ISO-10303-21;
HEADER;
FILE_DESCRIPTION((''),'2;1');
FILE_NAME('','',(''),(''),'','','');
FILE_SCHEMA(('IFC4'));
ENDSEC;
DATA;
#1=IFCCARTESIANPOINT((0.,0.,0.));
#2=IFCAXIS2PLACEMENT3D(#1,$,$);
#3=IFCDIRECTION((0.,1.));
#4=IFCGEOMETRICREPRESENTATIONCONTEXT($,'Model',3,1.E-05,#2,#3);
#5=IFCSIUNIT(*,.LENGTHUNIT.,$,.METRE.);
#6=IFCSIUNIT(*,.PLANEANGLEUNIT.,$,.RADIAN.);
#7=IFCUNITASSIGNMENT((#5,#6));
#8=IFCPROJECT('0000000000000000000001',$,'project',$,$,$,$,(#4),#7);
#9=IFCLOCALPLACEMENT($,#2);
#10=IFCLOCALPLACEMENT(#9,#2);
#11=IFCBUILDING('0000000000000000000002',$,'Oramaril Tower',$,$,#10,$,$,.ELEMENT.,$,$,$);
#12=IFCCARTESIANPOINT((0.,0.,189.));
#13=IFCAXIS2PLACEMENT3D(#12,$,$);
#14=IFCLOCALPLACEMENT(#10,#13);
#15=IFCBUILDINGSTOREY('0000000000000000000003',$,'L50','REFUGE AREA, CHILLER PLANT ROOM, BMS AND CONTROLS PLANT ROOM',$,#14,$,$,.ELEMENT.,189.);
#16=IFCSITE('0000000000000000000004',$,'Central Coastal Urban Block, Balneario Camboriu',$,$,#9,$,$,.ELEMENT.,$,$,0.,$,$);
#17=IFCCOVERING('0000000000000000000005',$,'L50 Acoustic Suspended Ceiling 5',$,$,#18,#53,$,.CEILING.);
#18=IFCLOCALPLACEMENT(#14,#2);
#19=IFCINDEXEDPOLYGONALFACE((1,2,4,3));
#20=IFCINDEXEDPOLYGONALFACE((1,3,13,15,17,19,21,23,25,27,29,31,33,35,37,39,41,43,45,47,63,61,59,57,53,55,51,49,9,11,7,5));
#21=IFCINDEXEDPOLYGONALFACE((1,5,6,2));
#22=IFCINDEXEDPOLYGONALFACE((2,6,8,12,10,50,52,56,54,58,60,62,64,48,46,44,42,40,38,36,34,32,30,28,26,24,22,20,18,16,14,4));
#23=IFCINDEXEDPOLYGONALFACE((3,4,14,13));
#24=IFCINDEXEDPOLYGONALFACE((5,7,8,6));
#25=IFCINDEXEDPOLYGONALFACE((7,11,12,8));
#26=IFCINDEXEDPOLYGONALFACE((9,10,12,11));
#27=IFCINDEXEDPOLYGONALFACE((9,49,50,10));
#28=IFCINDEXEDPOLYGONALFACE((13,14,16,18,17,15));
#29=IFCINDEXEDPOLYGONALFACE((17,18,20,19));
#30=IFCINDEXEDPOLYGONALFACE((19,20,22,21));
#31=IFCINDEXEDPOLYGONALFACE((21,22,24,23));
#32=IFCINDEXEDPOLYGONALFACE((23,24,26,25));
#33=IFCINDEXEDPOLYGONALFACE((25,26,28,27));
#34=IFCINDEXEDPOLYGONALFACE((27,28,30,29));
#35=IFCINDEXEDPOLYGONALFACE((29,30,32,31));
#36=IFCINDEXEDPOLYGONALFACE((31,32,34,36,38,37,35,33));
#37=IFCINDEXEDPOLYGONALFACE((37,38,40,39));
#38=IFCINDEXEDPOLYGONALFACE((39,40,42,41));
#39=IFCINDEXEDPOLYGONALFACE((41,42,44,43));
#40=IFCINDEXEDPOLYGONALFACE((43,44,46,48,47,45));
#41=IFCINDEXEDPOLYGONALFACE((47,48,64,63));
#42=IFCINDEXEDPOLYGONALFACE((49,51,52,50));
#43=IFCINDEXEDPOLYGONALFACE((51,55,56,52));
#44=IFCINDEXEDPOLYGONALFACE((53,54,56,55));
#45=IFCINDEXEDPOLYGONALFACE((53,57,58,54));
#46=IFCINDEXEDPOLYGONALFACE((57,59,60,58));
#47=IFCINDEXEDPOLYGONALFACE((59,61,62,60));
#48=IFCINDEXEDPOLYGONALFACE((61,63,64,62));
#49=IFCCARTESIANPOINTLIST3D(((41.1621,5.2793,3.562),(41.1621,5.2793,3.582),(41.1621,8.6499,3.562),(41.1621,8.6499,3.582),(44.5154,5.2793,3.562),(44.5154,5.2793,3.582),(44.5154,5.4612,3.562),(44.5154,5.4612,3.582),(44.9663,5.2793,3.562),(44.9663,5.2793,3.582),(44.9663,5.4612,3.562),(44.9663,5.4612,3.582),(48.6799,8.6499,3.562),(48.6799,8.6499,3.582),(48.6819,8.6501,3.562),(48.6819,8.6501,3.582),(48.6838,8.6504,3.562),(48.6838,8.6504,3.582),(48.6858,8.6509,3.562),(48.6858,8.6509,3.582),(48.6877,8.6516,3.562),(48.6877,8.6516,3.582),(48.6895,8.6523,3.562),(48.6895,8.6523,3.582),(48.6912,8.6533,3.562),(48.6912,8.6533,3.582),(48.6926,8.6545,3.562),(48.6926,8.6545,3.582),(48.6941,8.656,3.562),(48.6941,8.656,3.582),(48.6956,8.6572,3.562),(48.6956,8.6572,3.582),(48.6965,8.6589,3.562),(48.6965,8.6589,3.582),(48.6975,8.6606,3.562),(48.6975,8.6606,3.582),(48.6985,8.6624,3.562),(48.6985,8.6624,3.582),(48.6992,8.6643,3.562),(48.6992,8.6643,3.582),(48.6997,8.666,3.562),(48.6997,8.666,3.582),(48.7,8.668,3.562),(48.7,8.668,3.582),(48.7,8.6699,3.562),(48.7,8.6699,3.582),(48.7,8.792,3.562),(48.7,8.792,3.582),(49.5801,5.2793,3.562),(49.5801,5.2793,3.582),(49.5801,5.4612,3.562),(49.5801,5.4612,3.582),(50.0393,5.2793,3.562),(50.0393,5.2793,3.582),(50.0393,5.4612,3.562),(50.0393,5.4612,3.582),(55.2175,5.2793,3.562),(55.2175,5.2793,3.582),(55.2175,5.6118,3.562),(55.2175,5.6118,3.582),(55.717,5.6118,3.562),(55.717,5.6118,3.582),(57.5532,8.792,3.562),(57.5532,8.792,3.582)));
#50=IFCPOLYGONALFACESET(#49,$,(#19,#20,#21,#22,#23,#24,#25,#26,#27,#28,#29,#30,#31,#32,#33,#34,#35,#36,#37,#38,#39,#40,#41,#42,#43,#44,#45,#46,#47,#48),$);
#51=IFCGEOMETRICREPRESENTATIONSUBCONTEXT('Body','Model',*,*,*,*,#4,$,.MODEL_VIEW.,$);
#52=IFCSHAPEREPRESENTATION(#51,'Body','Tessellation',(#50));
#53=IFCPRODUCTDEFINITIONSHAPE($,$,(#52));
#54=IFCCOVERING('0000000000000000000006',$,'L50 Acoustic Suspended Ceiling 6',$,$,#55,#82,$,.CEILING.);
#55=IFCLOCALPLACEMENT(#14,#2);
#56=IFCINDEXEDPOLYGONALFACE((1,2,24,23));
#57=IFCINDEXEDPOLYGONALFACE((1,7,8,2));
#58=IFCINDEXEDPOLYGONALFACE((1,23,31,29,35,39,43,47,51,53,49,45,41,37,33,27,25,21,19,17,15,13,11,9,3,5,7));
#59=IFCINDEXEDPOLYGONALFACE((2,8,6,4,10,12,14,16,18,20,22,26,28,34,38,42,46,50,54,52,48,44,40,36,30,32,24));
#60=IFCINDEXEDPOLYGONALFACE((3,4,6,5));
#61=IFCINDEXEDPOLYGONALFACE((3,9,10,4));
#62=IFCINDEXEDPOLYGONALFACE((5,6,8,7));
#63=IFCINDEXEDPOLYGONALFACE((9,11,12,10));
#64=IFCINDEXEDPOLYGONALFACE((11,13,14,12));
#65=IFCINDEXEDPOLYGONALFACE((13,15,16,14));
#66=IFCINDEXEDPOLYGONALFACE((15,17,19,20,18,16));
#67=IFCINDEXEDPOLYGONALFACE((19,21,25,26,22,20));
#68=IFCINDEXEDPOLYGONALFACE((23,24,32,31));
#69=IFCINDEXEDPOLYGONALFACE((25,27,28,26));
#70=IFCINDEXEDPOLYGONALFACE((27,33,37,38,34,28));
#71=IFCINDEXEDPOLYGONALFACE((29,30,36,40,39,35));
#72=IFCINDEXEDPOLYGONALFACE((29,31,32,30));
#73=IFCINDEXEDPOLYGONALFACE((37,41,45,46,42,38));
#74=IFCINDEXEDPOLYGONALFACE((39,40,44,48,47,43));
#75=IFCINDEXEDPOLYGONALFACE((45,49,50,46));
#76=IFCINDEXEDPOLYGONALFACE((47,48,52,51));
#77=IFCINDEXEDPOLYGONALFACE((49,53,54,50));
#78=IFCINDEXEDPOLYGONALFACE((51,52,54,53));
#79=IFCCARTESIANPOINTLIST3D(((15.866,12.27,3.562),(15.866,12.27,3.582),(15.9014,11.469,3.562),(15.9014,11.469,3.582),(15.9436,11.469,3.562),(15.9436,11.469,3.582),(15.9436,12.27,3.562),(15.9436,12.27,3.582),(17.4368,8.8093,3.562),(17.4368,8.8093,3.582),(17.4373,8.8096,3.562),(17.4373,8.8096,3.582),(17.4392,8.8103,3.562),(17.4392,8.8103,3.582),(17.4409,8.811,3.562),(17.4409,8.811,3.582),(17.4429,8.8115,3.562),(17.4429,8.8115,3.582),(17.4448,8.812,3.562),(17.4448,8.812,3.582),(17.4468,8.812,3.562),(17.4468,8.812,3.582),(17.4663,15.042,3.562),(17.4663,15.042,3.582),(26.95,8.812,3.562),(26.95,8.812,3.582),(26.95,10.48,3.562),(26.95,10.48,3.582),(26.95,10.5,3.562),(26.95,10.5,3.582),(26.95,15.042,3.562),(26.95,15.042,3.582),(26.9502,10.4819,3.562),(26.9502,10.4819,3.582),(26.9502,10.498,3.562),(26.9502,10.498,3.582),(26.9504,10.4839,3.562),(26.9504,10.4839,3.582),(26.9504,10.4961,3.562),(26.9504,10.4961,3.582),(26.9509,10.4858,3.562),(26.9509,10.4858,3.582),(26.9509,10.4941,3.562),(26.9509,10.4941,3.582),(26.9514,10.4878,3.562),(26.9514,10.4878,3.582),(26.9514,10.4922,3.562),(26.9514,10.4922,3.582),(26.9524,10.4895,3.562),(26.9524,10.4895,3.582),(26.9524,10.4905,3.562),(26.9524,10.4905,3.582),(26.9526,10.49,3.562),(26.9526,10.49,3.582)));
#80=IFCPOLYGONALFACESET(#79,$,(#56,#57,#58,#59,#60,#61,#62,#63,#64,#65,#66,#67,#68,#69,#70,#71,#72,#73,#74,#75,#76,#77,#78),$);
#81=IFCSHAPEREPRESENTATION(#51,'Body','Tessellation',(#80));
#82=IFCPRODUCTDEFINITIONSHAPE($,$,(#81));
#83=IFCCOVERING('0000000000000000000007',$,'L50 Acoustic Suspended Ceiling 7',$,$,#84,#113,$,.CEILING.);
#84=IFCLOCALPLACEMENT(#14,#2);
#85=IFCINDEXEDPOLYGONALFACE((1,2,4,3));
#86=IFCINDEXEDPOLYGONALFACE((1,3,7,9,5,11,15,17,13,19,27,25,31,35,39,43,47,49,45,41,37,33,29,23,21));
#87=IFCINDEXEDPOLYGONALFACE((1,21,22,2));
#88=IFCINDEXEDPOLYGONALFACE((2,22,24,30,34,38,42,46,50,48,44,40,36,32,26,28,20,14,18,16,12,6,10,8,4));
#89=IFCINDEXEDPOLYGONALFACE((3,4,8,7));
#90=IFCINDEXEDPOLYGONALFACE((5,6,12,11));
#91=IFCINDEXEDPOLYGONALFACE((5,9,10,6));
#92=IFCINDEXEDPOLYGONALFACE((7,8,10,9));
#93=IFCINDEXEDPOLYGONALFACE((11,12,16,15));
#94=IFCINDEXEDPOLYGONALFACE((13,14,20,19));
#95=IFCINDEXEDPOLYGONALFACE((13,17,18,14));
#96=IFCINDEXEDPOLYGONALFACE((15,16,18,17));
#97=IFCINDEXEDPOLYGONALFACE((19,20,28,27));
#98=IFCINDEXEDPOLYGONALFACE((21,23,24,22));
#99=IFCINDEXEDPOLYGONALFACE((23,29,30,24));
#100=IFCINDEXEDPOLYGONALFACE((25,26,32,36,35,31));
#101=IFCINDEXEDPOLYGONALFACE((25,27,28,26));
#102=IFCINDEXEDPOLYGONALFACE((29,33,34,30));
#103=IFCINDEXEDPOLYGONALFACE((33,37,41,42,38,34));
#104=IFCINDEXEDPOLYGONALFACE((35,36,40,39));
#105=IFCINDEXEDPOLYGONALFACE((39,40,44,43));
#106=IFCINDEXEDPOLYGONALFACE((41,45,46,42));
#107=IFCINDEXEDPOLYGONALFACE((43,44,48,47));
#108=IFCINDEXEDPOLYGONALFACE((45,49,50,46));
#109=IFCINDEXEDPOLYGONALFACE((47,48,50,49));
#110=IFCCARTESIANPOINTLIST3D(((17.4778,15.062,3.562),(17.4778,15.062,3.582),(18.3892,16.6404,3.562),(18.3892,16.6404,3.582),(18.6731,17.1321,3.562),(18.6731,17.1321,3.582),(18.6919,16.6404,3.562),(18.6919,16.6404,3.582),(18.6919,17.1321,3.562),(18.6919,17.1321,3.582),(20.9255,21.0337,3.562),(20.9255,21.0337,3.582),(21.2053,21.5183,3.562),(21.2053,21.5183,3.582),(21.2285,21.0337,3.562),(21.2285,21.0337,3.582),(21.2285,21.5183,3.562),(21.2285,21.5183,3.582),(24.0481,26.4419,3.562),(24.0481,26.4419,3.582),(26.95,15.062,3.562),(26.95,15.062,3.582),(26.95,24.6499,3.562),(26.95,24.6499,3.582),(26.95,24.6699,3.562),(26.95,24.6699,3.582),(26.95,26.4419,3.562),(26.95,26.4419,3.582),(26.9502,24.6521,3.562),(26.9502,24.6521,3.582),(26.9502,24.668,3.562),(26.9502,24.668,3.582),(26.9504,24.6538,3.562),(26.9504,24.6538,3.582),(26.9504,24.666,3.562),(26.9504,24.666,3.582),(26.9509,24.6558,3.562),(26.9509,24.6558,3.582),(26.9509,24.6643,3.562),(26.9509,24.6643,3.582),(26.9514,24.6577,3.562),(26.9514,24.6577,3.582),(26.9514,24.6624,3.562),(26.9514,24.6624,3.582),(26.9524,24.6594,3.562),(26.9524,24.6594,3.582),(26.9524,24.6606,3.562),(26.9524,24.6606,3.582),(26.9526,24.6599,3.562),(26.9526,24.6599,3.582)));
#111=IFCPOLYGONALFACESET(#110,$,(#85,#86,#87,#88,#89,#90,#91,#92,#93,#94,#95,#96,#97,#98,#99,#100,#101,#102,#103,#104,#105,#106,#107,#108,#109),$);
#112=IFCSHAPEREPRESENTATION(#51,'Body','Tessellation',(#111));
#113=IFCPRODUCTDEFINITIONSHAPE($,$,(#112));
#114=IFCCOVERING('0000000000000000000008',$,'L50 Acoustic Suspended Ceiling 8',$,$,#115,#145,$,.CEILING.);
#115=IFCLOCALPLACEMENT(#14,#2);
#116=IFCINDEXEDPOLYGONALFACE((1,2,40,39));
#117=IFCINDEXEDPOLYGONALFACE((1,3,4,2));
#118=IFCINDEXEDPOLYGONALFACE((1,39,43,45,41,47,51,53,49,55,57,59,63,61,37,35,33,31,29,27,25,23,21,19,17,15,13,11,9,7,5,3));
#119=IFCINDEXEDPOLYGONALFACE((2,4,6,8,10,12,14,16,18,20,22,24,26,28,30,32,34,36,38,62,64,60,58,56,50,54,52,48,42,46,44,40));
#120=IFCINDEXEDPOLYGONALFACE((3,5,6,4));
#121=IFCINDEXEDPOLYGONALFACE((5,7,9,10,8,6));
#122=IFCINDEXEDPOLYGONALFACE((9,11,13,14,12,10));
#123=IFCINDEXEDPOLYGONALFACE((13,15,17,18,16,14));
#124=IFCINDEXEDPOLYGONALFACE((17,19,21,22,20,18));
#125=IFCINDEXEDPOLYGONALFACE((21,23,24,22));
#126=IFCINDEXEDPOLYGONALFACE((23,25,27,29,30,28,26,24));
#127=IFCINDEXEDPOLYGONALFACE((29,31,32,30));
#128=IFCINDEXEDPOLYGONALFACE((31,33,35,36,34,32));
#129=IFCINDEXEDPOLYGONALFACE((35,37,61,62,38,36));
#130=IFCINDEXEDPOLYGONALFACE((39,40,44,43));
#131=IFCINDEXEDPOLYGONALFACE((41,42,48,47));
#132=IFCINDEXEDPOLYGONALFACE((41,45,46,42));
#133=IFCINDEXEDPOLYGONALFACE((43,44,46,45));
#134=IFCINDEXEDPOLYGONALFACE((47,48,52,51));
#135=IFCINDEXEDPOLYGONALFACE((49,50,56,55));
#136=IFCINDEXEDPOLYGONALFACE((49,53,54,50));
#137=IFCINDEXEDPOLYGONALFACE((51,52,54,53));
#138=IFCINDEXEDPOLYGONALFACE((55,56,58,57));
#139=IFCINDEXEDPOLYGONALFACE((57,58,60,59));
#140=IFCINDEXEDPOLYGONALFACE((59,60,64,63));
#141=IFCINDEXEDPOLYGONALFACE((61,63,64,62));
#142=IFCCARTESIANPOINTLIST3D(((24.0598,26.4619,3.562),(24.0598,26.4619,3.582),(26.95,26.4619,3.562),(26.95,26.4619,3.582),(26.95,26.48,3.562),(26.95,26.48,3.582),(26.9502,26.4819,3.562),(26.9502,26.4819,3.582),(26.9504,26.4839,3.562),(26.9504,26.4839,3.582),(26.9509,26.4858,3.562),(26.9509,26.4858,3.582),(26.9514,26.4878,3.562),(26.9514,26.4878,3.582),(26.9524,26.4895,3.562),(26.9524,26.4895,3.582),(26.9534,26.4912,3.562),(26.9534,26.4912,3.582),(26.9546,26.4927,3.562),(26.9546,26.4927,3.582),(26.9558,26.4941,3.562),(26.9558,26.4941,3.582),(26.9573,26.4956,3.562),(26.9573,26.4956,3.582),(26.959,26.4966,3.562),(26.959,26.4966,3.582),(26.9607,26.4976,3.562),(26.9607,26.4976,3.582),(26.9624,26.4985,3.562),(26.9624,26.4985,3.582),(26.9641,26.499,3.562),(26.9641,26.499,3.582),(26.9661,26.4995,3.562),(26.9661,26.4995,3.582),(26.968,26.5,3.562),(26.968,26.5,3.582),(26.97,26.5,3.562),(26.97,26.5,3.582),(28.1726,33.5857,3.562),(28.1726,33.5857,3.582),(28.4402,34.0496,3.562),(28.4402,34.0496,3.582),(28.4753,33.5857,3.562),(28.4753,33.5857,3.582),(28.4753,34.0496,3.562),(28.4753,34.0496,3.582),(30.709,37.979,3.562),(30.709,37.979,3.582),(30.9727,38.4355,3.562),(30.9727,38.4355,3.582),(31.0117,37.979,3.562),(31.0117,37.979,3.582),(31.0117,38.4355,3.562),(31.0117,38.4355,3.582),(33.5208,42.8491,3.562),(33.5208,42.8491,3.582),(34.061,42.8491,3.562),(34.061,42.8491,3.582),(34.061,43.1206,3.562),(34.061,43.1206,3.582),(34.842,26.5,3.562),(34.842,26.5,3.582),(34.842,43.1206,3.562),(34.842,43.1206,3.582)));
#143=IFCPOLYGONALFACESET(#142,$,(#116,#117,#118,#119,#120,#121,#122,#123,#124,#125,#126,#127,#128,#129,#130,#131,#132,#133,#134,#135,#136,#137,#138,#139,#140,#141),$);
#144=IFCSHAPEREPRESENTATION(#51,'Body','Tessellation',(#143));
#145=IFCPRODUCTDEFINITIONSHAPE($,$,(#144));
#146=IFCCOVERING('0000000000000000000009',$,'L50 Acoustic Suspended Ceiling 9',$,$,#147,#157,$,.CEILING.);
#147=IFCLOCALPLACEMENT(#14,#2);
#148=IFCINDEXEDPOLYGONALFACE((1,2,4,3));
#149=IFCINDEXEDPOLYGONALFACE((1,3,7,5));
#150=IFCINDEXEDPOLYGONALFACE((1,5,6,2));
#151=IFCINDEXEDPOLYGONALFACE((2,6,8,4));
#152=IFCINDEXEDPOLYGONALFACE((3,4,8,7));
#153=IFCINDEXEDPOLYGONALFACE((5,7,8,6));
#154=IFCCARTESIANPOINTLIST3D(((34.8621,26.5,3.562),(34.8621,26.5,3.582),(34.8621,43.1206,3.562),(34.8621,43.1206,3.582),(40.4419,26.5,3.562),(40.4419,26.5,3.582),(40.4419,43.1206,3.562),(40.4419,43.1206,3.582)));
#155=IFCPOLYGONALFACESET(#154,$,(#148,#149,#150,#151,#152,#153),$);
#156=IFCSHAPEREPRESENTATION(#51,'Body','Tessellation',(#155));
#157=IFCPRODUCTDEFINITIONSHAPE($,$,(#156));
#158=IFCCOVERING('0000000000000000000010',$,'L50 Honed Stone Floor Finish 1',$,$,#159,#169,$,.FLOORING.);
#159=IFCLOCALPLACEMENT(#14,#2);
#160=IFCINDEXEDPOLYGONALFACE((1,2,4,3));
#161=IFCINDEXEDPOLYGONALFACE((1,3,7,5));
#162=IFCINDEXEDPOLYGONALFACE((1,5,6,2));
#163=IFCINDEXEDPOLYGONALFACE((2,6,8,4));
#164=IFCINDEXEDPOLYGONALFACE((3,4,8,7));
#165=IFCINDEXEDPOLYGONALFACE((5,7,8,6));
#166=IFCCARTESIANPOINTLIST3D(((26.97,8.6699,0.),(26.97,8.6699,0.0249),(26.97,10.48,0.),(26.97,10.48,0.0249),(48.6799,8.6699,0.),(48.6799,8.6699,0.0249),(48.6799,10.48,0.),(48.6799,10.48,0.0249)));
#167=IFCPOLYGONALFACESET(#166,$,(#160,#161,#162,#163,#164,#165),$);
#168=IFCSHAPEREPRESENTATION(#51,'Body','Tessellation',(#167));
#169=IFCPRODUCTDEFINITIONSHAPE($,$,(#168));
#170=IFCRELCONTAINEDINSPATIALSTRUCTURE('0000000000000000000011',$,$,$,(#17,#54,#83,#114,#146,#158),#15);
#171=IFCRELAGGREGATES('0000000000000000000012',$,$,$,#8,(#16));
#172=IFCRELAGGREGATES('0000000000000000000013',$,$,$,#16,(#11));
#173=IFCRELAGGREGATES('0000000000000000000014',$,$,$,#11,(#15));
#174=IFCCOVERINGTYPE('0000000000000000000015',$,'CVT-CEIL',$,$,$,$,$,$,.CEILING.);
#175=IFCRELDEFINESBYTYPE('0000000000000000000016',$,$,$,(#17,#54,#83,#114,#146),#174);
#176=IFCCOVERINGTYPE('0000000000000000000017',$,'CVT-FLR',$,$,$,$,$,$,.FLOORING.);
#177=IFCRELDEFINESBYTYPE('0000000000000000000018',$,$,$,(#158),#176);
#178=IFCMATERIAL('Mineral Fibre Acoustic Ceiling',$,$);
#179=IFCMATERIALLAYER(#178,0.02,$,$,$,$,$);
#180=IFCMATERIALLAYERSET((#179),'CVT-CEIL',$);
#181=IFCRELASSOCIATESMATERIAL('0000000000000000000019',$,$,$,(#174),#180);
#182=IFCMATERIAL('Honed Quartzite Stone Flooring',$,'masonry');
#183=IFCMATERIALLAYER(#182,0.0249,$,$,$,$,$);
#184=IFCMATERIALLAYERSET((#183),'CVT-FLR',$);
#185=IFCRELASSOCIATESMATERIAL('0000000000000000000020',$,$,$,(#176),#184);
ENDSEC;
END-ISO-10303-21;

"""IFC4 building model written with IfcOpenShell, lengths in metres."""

from ifc_helpers import new_model, si_unit, direction, frame, origin, place, context, subcontext, project, spatial, polyline, outline, extrude, material, layer, layer_set, type_object, element, save


model = new_model("IFC4")

# Units and contexts
model_context = context("Model", 3, precision=1e-05, world=origin(), true_north=direction((0.0, 1.0)))
body_context = subcontext(model_context, "Body", "Model", "MODEL_VIEW")
ifc_project = project(units=[si_unit("LENGTHUNIT", "METRE"), si_unit("PLANEANGLEUNIT", "RADIAN")], contexts=[model_context])

# Site, building, storey
site_placement = place(None, origin())
site = spatial("IfcSite", under=ifc_project, at=site_placement, Name="Central Coastal Urban Block, Balneario Camboriu", CompositionType="ELEMENT", RefElevation=0.0)
building_placement = place(site_placement, origin())
building = spatial("IfcBuilding", under=site, at=building_placement, Name="Oramaril Tower", CompositionType="ELEMENT")
storey_placement = place(building_placement, frame((0.0, 0.0, 189.0)))
storey = spatial("IfcBuildingStorey", under=building, at=storey_placement, Name="L50", Description="REFUGE AREA, CHILLER PLANT ROOM, BMS AND CONTROLS PLANT ROOM", CompositionType="ELEMENT", Elevation=189.0)

# Coverings
ifc_material_1 = material(Name="Mineral Fibre Acoustic Ceiling")
ifc_layer_1 = layer(ifc_material_1, 0.02)
ifc_layer_set_1 = layer_set([ifc_layer_1], Name="CVT-CEIL")
covering_type_1 = type_object("IfcCoveringType", Name="CVT-CEIL", PredefinedType="CEILING", material=ifc_layer_set_1)
covering_1_placement = place(storey_placement, frame((0.0, 0.0, 3.562)))
element("IfcCovering", 1, at=covering_1_placement, inside=storey, type_object=covering_type_1, Name="L50 Acoustic Suspended Ceiling 5", PredefinedType="CEILING", context=body_context, shape_type="SweptSolid", body=[
    extrude(outline(polyline([(50.0393, 5.4612), (49.5801, 5.4612), (49.5801, 5.2793), (44.9663, 5.2793), (44.9663, 5.4612), (44.5154, 5.4612), (44.5154, 5.2793), (41.1621, 5.2793), (41.1621, 8.6499), (48.6799, 8.6499), (48.6819, 8.6501), (48.6838, 8.6504), (48.6858, 8.6509), (48.6877, 8.6516), (48.6895, 8.6523), (48.6912, 8.6533), (48.6926, 8.6545), (48.6941, 8.656), (48.6956, 8.6572), (48.6965, 8.6589), (48.6975, 8.6606), (48.6985, 8.6624), (48.6992, 8.6643), (48.6997, 8.666), (48.7, 8.668), (48.7, 8.6699), (48.7, 8.792), (57.5532, 8.792), (55.717, 5.6118), (55.2175, 5.6118), (55.2175, 5.2793), (50.0393, 5.2793), (50.0393, 5.4612)])), origin(), (0.0, 0.0, 1.0), 0.02),
])
covering_2_placement = place(storey_placement, frame((0.0, 0.0, 3.562)))
element("IfcCovering", 2, at=covering_2_placement, inside=storey, type_object=covering_type_1, Name="L50 Acoustic Suspended Ceiling 6", PredefinedType="CEILING", context=body_context, shape_type="SweptSolid", body=[
    extrude(outline(polyline([(15.9014, 11.469), (15.9436, 11.469), (15.9436, 12.27), (15.866, 12.27), (17.4663, 15.042), (26.95, 15.042), (26.95, 10.5), (26.9502, 10.498), (26.9504, 10.4961), (26.9509, 10.4941), (26.9514, 10.4922), (26.9524, 10.4905), (26.9526, 10.49), (26.9524, 10.4895), (26.9514, 10.4878), (26.9509, 10.4858), (26.9504, 10.4839), (26.9502, 10.4819), (26.95, 10.48), (26.95, 8.812), (17.4468, 8.812), (17.4448, 8.812), (17.4429, 8.8115), (17.4409, 8.811), (17.4392, 8.8103), (17.4373, 8.8096), (17.4368, 8.8093), (15.9014, 11.469)])), origin(), (0.0, 0.0, 1.0), 0.02),
])
covering_3_placement = place(storey_placement, frame((0.0, 0.0, 3.562)))
element("IfcCovering", 3, at=covering_3_placement, inside=storey, type_object=covering_type_1, Name="L50 Acoustic Suspended Ceiling 7", PredefinedType="CEILING", context=body_context, shape_type="SweptSolid", body=[
    extrude(outline(polyline([(18.3892, 16.6404), (18.6919, 16.6404), (18.6919, 17.1321), (18.6731, 17.1321), (20.9255, 21.0337), (21.2285, 21.0337), (21.2285, 21.5183), (21.2053, 21.5183), (24.0481, 26.4419), (26.95, 26.4419), (26.95, 24.6699), (26.9502, 24.668), (26.9504, 24.666), (26.9509, 24.6643), (26.9514, 24.6624), (26.9524, 24.6606), (26.9526, 24.6599), (26.9524, 24.6594), (26.9514, 24.6577), (26.9509, 24.6558), (26.9504, 24.6538), (26.9502, 24.6521), (26.95, 24.6499), (26.95, 15.062), (17.4778, 15.062), (18.3892, 16.6404)])), origin(), (0.0, 0.0, 1.0), 0.02),
])
covering_4_placement = place(storey_placement, frame((0.0, 0.0, 3.562)))
element("IfcCovering", 4, at=covering_4_placement, inside=storey, type_object=covering_type_1, Name="L50 Acoustic Suspended Ceiling 8", PredefinedType="CEILING", context=body_context, shape_type="SweptSolid", body=[
    extrude(outline(polyline([(28.4753, 33.5857), (28.4753, 34.0496), (28.4402, 34.0496), (30.709, 37.979), (31.0117, 37.979), (31.0117, 38.4355), (30.9727, 38.4355), (33.5208, 42.8491), (34.061, 42.8491), (34.061, 43.1206), (34.842, 43.1206), (34.842, 26.5), (26.97, 26.5), (26.968, 26.5), (26.9661, 26.4995), (26.9641, 26.499), (26.9624, 26.4985), (26.9607, 26.4976), (26.959, 26.4966), (26.9573, 26.4956), (26.9558, 26.4941), (26.9546, 26.4927), (26.9534, 26.4912), (26.9524, 26.4895), (26.9514, 26.4878), (26.9509, 26.4858), (26.9504, 26.4839), (26.9502, 26.4819), (26.95, 26.48), (26.95, 26.4619), (24.0598, 26.4619), (28.1726, 33.5857), (28.4753, 33.5857)])), origin(), (0.0, 0.0, 1.0), 0.02),
])
covering_5_placement = place(storey_placement, frame((0.0, 0.0, 3.562)))
element("IfcCovering", 5, at=covering_5_placement, inside=storey, type_object=covering_type_1, Name="L50 Acoustic Suspended Ceiling 9", PredefinedType="CEILING", context=body_context, shape_type="SweptSolid", body=[
    extrude(outline(polyline([(40.4419, 43.1206), (40.4419, 26.5), (34.8621, 26.5), (34.8621, 43.1206), (40.4419, 43.1206)])), origin(), (0.0, 0.0, 1.0), 0.02),
])
ifc_material_2 = material(Name="Honed Quartzite Stone Flooring", Category="masonry")
ifc_layer_2 = layer(ifc_material_2, 0.0249)
ifc_layer_set_2 = layer_set([ifc_layer_2], Name="CVT-FLR")
covering_type_2 = type_object("IfcCoveringType", Name="CVT-FLR", PredefinedType="FLOORING", material=ifc_layer_set_2)
covering_6_placement = place(storey_placement, origin())
element("IfcCovering", 6, at=covering_6_placement, inside=storey, type_object=covering_type_2, Name="L50 Honed Stone Floor Finish 1", PredefinedType="FLOORING", context=body_context, shape_type="SweptSolid", body=[
    extrude(outline(polyline([(48.6799, 10.48), (48.6799, 8.6699), (26.97, 8.6699), (26.97, 10.48), (48.6799, 10.48)])), origin(), (0.0, 0.0, 1.0), 0.0249),
])

save(model, "model.ifc")
